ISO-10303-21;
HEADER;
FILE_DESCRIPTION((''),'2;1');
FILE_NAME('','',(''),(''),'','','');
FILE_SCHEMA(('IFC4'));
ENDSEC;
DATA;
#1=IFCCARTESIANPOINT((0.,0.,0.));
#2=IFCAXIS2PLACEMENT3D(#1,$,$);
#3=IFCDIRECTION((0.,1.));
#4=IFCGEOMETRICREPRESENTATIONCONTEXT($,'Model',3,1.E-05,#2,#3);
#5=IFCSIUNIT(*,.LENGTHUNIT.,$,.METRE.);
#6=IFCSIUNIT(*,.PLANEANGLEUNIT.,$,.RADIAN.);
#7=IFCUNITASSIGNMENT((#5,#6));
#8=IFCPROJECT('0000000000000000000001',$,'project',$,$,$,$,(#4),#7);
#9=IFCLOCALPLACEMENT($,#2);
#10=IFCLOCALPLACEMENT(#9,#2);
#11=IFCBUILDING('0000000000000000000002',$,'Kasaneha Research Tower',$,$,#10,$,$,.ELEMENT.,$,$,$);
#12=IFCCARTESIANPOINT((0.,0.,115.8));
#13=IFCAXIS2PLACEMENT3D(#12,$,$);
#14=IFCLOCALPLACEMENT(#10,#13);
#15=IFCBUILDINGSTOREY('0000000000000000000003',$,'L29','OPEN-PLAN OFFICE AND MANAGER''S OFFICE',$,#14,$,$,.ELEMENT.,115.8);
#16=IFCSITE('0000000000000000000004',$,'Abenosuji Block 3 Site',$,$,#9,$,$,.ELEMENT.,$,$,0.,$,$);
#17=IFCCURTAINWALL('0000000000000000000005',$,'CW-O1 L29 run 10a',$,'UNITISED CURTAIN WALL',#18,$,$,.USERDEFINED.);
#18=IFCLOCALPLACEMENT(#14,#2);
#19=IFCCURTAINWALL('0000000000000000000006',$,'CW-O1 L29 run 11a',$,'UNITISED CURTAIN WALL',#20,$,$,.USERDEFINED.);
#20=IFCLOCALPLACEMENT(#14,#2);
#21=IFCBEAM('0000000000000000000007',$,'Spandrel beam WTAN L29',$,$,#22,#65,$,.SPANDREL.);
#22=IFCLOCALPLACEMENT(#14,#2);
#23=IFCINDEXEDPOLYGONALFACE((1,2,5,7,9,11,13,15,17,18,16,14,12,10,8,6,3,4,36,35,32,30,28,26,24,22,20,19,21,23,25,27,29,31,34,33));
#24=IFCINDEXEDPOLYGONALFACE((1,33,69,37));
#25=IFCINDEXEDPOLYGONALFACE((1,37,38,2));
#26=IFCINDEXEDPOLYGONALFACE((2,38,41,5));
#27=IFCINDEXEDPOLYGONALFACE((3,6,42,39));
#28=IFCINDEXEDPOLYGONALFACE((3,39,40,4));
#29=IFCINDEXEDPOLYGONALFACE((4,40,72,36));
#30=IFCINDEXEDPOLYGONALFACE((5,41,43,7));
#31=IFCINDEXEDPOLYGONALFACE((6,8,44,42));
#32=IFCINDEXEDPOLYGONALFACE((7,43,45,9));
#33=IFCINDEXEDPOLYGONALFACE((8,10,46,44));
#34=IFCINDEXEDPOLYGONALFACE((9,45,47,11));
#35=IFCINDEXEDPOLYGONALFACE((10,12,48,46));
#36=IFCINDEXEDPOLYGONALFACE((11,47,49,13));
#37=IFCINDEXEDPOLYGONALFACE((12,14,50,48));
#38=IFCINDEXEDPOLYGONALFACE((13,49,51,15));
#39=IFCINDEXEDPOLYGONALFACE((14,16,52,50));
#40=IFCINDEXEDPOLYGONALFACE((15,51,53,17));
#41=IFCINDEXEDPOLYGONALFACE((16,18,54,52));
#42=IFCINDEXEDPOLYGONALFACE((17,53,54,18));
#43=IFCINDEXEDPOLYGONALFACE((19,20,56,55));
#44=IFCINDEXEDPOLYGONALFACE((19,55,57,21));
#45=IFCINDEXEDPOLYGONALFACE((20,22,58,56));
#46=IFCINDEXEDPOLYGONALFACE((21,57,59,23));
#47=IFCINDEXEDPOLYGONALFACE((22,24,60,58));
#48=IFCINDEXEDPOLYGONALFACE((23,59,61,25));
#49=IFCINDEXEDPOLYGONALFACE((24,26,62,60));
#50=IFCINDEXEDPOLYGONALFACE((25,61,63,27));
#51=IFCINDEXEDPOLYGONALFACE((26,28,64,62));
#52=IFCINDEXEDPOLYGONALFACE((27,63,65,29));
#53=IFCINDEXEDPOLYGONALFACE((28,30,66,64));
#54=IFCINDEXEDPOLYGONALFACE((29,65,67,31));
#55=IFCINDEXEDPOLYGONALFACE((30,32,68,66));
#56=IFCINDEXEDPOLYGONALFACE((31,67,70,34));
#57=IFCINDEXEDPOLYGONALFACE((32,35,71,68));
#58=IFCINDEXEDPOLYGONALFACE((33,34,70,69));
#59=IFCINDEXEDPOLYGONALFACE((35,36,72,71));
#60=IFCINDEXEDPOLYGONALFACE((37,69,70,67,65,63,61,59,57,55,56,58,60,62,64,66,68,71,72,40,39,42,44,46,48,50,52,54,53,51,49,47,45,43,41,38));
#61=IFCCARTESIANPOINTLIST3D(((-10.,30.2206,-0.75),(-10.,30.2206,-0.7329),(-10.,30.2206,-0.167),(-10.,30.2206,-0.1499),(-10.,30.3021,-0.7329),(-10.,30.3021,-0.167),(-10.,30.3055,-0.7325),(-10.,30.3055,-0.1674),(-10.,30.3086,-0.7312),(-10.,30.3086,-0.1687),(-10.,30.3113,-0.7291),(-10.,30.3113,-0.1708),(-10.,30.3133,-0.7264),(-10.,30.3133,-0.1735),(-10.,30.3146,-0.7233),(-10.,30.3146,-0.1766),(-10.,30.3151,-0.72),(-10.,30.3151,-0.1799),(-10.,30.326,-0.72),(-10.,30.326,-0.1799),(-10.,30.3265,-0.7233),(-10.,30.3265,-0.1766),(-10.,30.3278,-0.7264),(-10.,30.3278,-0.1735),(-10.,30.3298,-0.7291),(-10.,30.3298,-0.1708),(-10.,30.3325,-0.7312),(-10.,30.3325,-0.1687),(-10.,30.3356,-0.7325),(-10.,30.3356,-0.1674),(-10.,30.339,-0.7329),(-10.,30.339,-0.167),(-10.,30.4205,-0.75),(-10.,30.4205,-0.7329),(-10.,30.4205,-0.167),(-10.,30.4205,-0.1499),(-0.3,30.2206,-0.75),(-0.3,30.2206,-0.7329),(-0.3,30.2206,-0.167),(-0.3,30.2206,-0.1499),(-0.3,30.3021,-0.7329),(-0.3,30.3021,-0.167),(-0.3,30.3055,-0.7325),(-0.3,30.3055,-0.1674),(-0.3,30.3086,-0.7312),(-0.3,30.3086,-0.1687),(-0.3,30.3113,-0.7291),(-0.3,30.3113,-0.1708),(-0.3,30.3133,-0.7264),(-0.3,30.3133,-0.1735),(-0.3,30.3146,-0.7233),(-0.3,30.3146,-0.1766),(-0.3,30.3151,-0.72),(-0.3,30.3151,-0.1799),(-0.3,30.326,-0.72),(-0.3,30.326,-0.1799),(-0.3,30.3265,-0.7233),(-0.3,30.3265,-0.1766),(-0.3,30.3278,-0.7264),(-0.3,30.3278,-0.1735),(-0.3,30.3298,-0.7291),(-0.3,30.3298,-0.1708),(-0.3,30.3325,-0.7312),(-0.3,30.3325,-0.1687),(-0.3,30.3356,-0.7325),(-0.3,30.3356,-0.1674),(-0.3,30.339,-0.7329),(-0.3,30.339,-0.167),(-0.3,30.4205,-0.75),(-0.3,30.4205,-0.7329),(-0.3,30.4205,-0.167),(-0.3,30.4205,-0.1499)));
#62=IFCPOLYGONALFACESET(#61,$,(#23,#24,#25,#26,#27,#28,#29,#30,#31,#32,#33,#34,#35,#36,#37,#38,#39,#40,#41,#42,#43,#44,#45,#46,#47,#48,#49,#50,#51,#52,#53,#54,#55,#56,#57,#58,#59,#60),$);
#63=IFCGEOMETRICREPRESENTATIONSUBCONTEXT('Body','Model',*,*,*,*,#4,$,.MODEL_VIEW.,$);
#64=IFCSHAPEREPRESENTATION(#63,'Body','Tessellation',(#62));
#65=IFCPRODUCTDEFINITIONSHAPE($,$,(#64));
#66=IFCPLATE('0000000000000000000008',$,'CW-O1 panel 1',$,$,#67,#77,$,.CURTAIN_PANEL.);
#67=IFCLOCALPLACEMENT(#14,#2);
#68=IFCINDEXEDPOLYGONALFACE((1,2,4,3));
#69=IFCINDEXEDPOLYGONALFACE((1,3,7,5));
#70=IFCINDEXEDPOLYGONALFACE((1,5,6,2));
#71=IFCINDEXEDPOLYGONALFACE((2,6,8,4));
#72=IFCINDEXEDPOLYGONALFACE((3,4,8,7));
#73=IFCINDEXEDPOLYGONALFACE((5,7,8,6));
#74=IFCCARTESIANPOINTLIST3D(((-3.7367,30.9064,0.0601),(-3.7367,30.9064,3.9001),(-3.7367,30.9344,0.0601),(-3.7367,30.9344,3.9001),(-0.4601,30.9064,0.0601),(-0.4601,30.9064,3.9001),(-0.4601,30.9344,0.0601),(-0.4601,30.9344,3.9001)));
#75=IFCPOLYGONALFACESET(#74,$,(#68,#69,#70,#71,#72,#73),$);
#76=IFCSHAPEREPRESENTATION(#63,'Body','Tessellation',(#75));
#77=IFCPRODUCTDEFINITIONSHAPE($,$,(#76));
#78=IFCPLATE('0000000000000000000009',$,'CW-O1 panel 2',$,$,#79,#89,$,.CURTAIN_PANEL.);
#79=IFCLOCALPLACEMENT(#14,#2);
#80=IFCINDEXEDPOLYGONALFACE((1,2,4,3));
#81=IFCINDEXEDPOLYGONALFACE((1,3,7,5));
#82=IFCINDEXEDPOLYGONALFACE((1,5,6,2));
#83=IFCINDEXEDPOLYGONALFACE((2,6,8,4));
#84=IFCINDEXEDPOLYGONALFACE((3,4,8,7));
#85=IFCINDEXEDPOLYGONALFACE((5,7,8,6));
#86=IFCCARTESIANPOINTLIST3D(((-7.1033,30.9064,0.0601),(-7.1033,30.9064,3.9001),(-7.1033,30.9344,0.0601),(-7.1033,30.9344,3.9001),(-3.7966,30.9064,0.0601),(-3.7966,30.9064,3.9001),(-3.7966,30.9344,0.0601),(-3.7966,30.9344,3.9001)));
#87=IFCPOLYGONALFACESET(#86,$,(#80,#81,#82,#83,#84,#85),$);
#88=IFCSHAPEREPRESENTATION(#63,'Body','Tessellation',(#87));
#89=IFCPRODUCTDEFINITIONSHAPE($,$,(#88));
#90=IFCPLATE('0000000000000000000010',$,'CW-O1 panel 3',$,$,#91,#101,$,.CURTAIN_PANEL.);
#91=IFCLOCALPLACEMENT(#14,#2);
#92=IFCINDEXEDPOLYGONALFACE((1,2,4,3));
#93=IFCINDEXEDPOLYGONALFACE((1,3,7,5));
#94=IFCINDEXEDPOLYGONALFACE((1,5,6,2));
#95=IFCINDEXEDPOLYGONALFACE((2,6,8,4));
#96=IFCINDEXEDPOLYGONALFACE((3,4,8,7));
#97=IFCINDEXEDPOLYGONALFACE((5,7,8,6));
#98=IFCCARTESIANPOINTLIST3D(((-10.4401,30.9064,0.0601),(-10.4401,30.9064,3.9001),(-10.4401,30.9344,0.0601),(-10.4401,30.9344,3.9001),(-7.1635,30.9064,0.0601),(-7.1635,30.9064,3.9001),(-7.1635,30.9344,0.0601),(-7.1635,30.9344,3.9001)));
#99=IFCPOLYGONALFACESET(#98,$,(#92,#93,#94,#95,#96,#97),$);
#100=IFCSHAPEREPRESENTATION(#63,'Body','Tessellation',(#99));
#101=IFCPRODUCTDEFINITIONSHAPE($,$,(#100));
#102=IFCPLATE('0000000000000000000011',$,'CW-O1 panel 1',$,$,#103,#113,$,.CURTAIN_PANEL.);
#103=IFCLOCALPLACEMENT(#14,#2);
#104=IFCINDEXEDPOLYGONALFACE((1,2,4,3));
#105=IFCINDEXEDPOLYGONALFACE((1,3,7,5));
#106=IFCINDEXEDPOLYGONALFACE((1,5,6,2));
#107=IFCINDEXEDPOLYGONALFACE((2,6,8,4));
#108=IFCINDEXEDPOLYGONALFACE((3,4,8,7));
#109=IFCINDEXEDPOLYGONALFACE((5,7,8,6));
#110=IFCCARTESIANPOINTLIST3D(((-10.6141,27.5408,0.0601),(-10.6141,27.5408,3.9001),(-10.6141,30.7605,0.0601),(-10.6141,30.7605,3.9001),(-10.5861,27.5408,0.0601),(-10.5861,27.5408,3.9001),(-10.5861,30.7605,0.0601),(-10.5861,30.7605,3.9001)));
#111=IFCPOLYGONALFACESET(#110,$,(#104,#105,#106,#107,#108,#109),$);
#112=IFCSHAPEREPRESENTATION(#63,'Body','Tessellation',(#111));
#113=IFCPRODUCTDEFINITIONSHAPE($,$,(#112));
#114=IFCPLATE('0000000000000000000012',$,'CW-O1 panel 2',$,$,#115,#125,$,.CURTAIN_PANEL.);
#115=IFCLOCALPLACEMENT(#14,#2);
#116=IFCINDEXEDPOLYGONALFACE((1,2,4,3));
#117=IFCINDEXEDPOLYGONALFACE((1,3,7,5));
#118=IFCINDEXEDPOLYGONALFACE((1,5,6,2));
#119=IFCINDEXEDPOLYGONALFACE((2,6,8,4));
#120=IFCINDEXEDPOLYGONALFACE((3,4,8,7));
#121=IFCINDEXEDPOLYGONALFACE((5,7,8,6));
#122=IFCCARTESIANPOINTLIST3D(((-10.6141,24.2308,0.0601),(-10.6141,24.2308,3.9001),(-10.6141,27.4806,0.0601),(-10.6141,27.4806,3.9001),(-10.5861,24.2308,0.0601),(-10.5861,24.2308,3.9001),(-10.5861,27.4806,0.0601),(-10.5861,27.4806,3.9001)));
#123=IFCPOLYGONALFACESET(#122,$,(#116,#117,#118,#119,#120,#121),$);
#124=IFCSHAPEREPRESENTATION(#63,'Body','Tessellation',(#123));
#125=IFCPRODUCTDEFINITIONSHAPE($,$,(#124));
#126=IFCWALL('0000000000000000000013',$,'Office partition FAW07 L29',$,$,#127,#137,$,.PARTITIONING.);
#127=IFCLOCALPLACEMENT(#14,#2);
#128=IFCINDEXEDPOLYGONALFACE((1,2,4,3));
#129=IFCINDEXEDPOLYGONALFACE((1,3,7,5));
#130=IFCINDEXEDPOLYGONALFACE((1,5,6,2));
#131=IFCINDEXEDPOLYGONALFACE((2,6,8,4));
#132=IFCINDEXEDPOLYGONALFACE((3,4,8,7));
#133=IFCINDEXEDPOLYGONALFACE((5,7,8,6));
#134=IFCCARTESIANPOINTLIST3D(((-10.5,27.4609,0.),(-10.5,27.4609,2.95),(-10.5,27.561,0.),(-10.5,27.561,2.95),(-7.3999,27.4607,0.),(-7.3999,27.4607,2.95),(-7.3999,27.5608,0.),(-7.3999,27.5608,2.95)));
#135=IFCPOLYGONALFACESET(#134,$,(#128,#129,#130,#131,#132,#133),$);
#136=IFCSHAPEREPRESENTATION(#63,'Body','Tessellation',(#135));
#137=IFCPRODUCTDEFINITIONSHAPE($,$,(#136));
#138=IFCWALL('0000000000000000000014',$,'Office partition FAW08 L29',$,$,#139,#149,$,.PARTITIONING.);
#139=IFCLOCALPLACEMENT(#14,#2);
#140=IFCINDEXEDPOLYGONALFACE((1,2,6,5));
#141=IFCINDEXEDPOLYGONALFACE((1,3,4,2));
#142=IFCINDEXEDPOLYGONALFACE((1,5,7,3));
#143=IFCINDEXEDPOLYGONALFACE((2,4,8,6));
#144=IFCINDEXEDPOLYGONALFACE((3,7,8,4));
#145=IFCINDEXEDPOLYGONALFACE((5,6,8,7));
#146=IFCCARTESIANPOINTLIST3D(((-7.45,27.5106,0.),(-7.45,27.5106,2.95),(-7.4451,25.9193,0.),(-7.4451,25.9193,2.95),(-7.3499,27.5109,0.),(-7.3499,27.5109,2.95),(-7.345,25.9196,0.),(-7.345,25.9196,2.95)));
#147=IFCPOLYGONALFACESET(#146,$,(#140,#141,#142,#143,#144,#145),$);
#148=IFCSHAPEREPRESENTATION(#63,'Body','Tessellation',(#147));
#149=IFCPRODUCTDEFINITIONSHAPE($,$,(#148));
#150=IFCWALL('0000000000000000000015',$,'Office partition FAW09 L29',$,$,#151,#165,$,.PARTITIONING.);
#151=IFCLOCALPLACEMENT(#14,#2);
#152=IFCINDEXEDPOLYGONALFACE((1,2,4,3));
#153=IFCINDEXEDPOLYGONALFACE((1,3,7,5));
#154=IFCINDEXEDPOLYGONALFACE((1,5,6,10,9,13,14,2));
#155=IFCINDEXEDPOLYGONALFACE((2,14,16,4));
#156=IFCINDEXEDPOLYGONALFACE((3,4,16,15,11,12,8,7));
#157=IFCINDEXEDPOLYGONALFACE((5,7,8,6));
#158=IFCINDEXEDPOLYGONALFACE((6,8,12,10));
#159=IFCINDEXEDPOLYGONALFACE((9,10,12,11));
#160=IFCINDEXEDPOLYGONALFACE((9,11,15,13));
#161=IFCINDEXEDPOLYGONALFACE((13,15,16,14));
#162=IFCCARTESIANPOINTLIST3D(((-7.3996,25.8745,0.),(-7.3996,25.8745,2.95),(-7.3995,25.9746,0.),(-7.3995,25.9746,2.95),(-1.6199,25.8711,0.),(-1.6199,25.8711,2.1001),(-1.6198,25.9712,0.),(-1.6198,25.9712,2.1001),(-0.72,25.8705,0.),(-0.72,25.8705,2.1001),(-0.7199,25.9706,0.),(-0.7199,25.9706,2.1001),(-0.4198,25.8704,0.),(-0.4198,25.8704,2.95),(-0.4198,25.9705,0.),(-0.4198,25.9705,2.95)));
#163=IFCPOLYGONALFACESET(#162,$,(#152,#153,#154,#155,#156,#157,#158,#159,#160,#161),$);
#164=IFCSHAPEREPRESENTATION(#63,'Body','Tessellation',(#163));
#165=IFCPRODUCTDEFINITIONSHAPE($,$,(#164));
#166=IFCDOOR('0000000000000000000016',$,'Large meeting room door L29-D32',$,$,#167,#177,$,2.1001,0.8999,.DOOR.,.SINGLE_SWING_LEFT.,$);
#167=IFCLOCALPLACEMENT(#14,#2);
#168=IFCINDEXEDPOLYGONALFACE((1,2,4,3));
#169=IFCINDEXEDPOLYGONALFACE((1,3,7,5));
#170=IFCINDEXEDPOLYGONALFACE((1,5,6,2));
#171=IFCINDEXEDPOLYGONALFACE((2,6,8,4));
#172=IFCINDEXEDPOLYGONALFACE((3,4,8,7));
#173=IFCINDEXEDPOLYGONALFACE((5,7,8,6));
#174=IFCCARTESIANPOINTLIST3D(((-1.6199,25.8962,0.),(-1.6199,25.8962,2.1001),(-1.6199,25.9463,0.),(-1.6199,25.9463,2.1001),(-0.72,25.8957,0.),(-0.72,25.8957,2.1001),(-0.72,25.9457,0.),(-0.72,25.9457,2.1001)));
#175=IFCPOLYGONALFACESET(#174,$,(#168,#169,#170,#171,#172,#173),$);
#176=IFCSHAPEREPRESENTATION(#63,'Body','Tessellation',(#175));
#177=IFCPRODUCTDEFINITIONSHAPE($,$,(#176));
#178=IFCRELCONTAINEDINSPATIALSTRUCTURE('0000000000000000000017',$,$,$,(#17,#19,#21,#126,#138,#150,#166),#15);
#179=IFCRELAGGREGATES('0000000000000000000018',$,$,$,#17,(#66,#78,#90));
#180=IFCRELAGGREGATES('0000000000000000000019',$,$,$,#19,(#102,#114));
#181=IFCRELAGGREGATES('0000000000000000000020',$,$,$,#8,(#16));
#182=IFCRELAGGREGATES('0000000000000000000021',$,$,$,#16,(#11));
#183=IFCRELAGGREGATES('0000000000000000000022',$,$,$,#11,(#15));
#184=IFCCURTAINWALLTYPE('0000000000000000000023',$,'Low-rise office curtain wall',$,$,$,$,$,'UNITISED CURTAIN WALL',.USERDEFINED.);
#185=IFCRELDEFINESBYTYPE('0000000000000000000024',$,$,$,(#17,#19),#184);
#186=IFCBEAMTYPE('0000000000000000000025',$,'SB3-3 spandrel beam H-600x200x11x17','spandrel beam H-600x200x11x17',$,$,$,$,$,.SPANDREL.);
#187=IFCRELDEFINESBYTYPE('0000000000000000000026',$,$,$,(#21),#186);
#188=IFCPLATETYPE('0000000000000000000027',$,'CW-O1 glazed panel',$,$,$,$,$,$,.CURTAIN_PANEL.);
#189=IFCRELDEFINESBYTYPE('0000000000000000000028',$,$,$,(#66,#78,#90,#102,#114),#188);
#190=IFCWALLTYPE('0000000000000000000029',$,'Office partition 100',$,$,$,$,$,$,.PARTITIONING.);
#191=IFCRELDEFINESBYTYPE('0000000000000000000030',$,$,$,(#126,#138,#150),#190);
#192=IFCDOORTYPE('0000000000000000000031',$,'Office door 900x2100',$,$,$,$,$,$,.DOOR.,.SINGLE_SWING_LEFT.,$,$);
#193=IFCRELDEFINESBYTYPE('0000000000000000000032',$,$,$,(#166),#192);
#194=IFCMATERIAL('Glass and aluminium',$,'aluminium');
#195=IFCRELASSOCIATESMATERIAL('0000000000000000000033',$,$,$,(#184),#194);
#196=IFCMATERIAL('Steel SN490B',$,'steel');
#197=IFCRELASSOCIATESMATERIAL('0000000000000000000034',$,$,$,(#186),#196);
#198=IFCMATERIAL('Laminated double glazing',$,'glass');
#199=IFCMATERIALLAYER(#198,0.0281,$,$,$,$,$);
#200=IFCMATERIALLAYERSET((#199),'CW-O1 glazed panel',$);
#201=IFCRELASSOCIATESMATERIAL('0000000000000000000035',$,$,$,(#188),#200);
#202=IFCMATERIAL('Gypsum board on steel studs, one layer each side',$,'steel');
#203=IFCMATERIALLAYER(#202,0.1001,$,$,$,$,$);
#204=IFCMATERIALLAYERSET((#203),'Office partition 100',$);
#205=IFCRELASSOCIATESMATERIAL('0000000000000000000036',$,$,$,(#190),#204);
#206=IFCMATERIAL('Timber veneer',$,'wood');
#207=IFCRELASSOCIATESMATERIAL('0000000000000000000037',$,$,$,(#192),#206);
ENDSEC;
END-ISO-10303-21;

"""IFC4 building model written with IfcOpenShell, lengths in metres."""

from ifc_helpers import new_model, si_unit, direction, frame, frame_2d, origin, origin_2d, place, context, subcontext, project, spatial, rectangle, i_section, extrude, material, layer, layer_set, material_profile, profile_set, type_object, element, fill, aggregate, save


model = new_model("IFC4")

# Units and contexts
model_context = context("Model", 3, precision=1e-05, world=origin(), true_north=direction((0.0, 1.0)))
body_context = subcontext(model_context, "Body", "Model", "MODEL_VIEW")
ifc_project = project(units=[si_unit("LENGTHUNIT", "METRE"), si_unit("PLANEANGLEUNIT", "RADIAN")], contexts=[model_context])

# Site, building, storey
site_placement = place(None, origin())
site = spatial("IfcSite", under=ifc_project, at=site_placement, Name="Abenosuji Block 3 Site", CompositionType="ELEMENT", RefElevation=0.0)
building_placement = place(site_placement, origin())
building = spatial("IfcBuilding", under=site, at=building_placement, Name="Kasaneha Research Tower", CompositionType="ELEMENT")
storey_placement = place(building_placement, frame((0.0, 0.0, 115.8)))
storey = spatial("IfcBuildingStorey", under=building, at=storey_placement, Name="L29", Description="OPEN-PLAN OFFICE AND MANAGER'S OFFICE", CompositionType="ELEMENT", Elevation=115.8)

# Curtain walls
ifc_material_1 = material(Name="Glass and aluminium", Category="aluminium")
curtain_wall_type = type_object("IfcCurtainWallType", Name="Low-rise office curtain wall", ElementType="UNITISED CURTAIN WALL", PredefinedType="USERDEFINED", material=ifc_material_1)
curtain_wall_1_placement = place(storey_placement, origin())
curtain_wall_1 = element("IfcCurtainWall", 1, at=curtain_wall_1_placement, inside=storey, type_object=curtain_wall_type, Name="CW-O1 L29 run 10a", ObjectType="UNITISED CURTAIN WALL", PredefinedType="USERDEFINED")
curtain_wall_2_placement = place(storey_placement, origin())
curtain_wall_2 = element("IfcCurtainWall", 2, at=curtain_wall_2_placement, inside=storey, type_object=curtain_wall_type, Name="CW-O1 L29 run 11a", ObjectType="UNITISED CURTAIN WALL", PredefinedType="USERDEFINED")

# Beam
ifc_material_2 = material(Name="Steel SN490B", Category="steel")
ifc_material_profile_1 = material_profile(ifc_material_2, i_section(OverallWidth=0.2, OverallDepth=0.6001, WebThickness=0.011, FlangeThickness=0.0171, FilletRadius=0.0129, at=origin_2d()), Name="H-600x200x11x17")
ifc_profile_set_1 = profile_set([ifc_material_profile_1], Name="Steel SN490B")
beam_type_1 = type_object("IfcBeamType", Name="SB3-3 spandrel beam H-600x200x11x17", Description="spandrel beam H-600x200x11x17", PredefinedType="SPANDREL", material=ifc_profile_set_1)
beam_1_placement = place(storey_placement, frame((-10.0, 30.3206, -0.45), z_axis=(1.0, 0.0, 0.0), x_axis=(0.0, 1.0, 0.0)))
element("IfcBeam", 3, at=beam_1_placement, inside=storey, type_object=beam_type_1, Name="Spandrel beam WTAN L29", PredefinedType="SPANDREL", context=body_context, shape_type="SweptSolid", body=[
    extrude(i_section(OverallWidth=0.2, OverallDepth=0.6001, WebThickness=0.011, FlangeThickness=0.0171, FilletRadius=0.0129, at=origin_2d()), origin(), (0.0, 0.0, 1.0), 9.7),
])

# Plates
ifc_material_3 = material(Name="Laminated double glazing", Category="glass")
ifc_layer_1 = layer(ifc_material_3, 0.0281)
ifc_layer_set_1 = layer_set([ifc_layer_1], Name="CW-O1 glazed panel")
plate_type = type_object("IfcPlateType", Name="CW-O1 glazed panel", PredefinedType="CURTAIN_PANEL", material=ifc_layer_set_1)
plate_1_placement = place(storey_placement, frame((-2.0984, 30.9204, 0.0601), z_axis=(0.0, 0.0, 1.0), x_axis=(-1.0, 0.0, 0.0)))
plate_1 = element("IfcPlate", 4, at=plate_1_placement, type_object=plate_type, Name="CW-O1 panel 1", PredefinedType="CURTAIN_PANEL", context=body_context, shape_type="SweptSolid", body=[
    extrude(rectangle(XDim=3.2766, YDim=0.0281, at=origin_2d()), origin(), (0.0, 0.0, 1.0), 3.8401),
])
plate_2_placement = place(storey_placement, frame((-5.45, 30.9204, 0.0601), z_axis=(0.0, 0.0, 1.0), x_axis=(-1.0, 0.0, 0.0)))
plate_2 = element("IfcPlate", 5, at=plate_2_placement, type_object=plate_type, Name="CW-O1 panel 2", PredefinedType="CURTAIN_PANEL", context=body_context, shape_type="SweptSolid", body=[
    extrude(rectangle(XDim=3.3066, YDim=0.0281, at=origin_2d()), origin(), (0.0, 0.0, 1.0), 3.8401),
])
plate_3_placement = place(storey_placement, frame((-8.8018, 30.9204, 0.0601), z_axis=(0.0, 0.0, 1.0), x_axis=(-1.0, 0.0, 0.0)))
plate_3 = element("IfcPlate", 6, at=plate_3_placement, type_object=plate_type, Name="CW-O1 panel 3", PredefinedType="CURTAIN_PANEL", context=body_context, shape_type="SweptSolid", body=[
    extrude(rectangle(XDim=3.2766, YDim=0.0281, at=origin_2d()), origin(), (0.0, 0.0, 1.0), 3.8401),
])
aggregate(curtain_wall_1, [plate_1, plate_2, plate_3])
plate_4_placement = place(storey_placement, frame((-10.6001, 29.1506, 0.0601), z_axis=(0.0, 0.0, 1.0), x_axis=(0.0, -1.0, 0.0)))
plate_4 = element("IfcPlate", 7, at=plate_4_placement, type_object=plate_type, Name="CW-O1 panel 1", PredefinedType="CURTAIN_PANEL", context=body_context, shape_type="SweptSolid", body=[
    extrude(rectangle(XDim=3.2197, YDim=0.0281, at=origin_2d()), origin(), (0.0, 0.0, 1.0), 3.8401),
])
plate_5_placement = place(storey_placement, frame((-10.6001, 25.8557, 0.0601), z_axis=(0.0, 0.0, 1.0), x_axis=(0.0, -1.0, 0.0)))
plate_5 = element("IfcPlate", 8, at=plate_5_placement, type_object=plate_type, Name="CW-O1 panel 2", PredefinedType="CURTAIN_PANEL", context=body_context, shape_type="SweptSolid", body=[
    extrude(rectangle(XDim=3.2498, YDim=0.0281, at=origin_2d()), origin(), (0.0, 0.0, 1.0), 3.8401),
])
aggregate(curtain_wall_2, [plate_4, plate_5])

# Walls
ifc_material_4 = material(Name="Gypsum board on steel studs, one layer each side", Category="steel")
ifc_layer_2 = layer(ifc_material_4, 0.1001)
ifc_layer_set_2 = layer_set([ifc_layer_2], Name="Office partition 100")
wall_type = type_object("IfcWallType", Name="Office partition 100", PredefinedType="PARTITIONING", material=ifc_layer_set_2)
wall_1_placement = place(storey_placement, frame((-7.3999, 27.5107, 0.0), z_axis=(0.0, 0.0, 1.0), x_axis=(-1.0, 0.000079, 0.0)))
element("IfcWall", 9, at=wall_1_placement, inside=storey, type_object=wall_type, Name="Office partition FAW07 L29", PredefinedType="PARTITIONING", context=body_context, shape_type="SweptSolid", body=[
    extrude(rectangle(XDim=3.1001, YDim=0.1001, at=frame_2d((1.55, 0.0))), origin(), (0.0, 0.0, 1.0), 2.95),
])
wall_2_placement = place(storey_placement, frame((-7.395, 25.9194, 0.0), z_axis=(0.0, 0.0, 1.0), x_axis=(-0.003068, 0.999995, 0.0)))
element("IfcWall", 10, at=wall_2_placement, inside=storey, type_object=wall_type, Name="Office partition FAW08 L29", PredefinedType="PARTITIONING", context=body_context, shape_type="SweptSolid", body=[
    extrude(rectangle(XDim=1.5913, YDim=0.1001, at=frame_2d((0.7957, 0.0))), origin(), (0.0, 0.0, 1.0), 2.95),
])

# Wall, opening, door
wall_3_placement = place(storey_placement, frame((-0.4199, 25.9204, 0.0), z_axis=(0.0, 0.0, 1.0), x_axis=(-1.0, 0.000595, 0.0)))
wall_3 = element("IfcWall", 11, at=wall_3_placement, inside=storey, type_object=wall_type, Name="Office partition FAW09 L29", PredefinedType="PARTITIONING", context=body_context, shape_type="SweptSolid", body=[
    extrude(rectangle(XDim=6.9797, YDim=0.1001, at=frame_2d((3.4897, 0.0))), origin(), (0.0, 0.0, 1.0), 2.95),
])
opening_1_placement = place(wall_3_placement, frame((0.3, 0.0, 0.0)))
opening_1 = element("IfcOpeningElement", 12, at=opening_1_placement, cuts=wall_3, PredefinedType="OPENING", context=body_context, shape_type="SweptSolid", body=[
    extrude(rectangle(XDim=0.8999, YDim=2.1001, at=frame_2d((0.45, 1.05))), frame((0.0, 0.0601, 0.0), z_axis=(0.0, -1.0, 0.0), x_axis=(1.0, 0.0, 0.0)), (0.0, 0.0, 1.0), 0.1201),
])
ifc_material_5 = material(Name="Timber veneer", Category="wood")
door_type = type_object("IfcDoorType", Name="Office door 900x2100", OperationType="SINGLE_SWING_LEFT", PredefinedType="DOOR", material=ifc_material_5)
door_1_placement = place(opening_1_placement, origin())
door_1 = element("IfcDoor", 13, at=door_1_placement, inside=storey, type_object=door_type, Name="Large meeting room door L29-D32", OperationType="SINGLE_SWING_LEFT", OverallHeight=2.1001, OverallWidth=0.8999, PredefinedType="DOOR", context=body_context, shape_type="SweptSolid", body=[
    extrude(rectangle(XDim=0.8999, YDim=2.1001, at=frame_2d((0.45, 1.05))), frame((0.0, 0.0249, 0.0), z_axis=(0.0, -1.0, 0.0), x_axis=(1.0, 0.0, 0.0)), (0.0, 0.0, 1.0), 0.05),
])
fill(opening_1, door_1)

save(model, "model.ifc")
